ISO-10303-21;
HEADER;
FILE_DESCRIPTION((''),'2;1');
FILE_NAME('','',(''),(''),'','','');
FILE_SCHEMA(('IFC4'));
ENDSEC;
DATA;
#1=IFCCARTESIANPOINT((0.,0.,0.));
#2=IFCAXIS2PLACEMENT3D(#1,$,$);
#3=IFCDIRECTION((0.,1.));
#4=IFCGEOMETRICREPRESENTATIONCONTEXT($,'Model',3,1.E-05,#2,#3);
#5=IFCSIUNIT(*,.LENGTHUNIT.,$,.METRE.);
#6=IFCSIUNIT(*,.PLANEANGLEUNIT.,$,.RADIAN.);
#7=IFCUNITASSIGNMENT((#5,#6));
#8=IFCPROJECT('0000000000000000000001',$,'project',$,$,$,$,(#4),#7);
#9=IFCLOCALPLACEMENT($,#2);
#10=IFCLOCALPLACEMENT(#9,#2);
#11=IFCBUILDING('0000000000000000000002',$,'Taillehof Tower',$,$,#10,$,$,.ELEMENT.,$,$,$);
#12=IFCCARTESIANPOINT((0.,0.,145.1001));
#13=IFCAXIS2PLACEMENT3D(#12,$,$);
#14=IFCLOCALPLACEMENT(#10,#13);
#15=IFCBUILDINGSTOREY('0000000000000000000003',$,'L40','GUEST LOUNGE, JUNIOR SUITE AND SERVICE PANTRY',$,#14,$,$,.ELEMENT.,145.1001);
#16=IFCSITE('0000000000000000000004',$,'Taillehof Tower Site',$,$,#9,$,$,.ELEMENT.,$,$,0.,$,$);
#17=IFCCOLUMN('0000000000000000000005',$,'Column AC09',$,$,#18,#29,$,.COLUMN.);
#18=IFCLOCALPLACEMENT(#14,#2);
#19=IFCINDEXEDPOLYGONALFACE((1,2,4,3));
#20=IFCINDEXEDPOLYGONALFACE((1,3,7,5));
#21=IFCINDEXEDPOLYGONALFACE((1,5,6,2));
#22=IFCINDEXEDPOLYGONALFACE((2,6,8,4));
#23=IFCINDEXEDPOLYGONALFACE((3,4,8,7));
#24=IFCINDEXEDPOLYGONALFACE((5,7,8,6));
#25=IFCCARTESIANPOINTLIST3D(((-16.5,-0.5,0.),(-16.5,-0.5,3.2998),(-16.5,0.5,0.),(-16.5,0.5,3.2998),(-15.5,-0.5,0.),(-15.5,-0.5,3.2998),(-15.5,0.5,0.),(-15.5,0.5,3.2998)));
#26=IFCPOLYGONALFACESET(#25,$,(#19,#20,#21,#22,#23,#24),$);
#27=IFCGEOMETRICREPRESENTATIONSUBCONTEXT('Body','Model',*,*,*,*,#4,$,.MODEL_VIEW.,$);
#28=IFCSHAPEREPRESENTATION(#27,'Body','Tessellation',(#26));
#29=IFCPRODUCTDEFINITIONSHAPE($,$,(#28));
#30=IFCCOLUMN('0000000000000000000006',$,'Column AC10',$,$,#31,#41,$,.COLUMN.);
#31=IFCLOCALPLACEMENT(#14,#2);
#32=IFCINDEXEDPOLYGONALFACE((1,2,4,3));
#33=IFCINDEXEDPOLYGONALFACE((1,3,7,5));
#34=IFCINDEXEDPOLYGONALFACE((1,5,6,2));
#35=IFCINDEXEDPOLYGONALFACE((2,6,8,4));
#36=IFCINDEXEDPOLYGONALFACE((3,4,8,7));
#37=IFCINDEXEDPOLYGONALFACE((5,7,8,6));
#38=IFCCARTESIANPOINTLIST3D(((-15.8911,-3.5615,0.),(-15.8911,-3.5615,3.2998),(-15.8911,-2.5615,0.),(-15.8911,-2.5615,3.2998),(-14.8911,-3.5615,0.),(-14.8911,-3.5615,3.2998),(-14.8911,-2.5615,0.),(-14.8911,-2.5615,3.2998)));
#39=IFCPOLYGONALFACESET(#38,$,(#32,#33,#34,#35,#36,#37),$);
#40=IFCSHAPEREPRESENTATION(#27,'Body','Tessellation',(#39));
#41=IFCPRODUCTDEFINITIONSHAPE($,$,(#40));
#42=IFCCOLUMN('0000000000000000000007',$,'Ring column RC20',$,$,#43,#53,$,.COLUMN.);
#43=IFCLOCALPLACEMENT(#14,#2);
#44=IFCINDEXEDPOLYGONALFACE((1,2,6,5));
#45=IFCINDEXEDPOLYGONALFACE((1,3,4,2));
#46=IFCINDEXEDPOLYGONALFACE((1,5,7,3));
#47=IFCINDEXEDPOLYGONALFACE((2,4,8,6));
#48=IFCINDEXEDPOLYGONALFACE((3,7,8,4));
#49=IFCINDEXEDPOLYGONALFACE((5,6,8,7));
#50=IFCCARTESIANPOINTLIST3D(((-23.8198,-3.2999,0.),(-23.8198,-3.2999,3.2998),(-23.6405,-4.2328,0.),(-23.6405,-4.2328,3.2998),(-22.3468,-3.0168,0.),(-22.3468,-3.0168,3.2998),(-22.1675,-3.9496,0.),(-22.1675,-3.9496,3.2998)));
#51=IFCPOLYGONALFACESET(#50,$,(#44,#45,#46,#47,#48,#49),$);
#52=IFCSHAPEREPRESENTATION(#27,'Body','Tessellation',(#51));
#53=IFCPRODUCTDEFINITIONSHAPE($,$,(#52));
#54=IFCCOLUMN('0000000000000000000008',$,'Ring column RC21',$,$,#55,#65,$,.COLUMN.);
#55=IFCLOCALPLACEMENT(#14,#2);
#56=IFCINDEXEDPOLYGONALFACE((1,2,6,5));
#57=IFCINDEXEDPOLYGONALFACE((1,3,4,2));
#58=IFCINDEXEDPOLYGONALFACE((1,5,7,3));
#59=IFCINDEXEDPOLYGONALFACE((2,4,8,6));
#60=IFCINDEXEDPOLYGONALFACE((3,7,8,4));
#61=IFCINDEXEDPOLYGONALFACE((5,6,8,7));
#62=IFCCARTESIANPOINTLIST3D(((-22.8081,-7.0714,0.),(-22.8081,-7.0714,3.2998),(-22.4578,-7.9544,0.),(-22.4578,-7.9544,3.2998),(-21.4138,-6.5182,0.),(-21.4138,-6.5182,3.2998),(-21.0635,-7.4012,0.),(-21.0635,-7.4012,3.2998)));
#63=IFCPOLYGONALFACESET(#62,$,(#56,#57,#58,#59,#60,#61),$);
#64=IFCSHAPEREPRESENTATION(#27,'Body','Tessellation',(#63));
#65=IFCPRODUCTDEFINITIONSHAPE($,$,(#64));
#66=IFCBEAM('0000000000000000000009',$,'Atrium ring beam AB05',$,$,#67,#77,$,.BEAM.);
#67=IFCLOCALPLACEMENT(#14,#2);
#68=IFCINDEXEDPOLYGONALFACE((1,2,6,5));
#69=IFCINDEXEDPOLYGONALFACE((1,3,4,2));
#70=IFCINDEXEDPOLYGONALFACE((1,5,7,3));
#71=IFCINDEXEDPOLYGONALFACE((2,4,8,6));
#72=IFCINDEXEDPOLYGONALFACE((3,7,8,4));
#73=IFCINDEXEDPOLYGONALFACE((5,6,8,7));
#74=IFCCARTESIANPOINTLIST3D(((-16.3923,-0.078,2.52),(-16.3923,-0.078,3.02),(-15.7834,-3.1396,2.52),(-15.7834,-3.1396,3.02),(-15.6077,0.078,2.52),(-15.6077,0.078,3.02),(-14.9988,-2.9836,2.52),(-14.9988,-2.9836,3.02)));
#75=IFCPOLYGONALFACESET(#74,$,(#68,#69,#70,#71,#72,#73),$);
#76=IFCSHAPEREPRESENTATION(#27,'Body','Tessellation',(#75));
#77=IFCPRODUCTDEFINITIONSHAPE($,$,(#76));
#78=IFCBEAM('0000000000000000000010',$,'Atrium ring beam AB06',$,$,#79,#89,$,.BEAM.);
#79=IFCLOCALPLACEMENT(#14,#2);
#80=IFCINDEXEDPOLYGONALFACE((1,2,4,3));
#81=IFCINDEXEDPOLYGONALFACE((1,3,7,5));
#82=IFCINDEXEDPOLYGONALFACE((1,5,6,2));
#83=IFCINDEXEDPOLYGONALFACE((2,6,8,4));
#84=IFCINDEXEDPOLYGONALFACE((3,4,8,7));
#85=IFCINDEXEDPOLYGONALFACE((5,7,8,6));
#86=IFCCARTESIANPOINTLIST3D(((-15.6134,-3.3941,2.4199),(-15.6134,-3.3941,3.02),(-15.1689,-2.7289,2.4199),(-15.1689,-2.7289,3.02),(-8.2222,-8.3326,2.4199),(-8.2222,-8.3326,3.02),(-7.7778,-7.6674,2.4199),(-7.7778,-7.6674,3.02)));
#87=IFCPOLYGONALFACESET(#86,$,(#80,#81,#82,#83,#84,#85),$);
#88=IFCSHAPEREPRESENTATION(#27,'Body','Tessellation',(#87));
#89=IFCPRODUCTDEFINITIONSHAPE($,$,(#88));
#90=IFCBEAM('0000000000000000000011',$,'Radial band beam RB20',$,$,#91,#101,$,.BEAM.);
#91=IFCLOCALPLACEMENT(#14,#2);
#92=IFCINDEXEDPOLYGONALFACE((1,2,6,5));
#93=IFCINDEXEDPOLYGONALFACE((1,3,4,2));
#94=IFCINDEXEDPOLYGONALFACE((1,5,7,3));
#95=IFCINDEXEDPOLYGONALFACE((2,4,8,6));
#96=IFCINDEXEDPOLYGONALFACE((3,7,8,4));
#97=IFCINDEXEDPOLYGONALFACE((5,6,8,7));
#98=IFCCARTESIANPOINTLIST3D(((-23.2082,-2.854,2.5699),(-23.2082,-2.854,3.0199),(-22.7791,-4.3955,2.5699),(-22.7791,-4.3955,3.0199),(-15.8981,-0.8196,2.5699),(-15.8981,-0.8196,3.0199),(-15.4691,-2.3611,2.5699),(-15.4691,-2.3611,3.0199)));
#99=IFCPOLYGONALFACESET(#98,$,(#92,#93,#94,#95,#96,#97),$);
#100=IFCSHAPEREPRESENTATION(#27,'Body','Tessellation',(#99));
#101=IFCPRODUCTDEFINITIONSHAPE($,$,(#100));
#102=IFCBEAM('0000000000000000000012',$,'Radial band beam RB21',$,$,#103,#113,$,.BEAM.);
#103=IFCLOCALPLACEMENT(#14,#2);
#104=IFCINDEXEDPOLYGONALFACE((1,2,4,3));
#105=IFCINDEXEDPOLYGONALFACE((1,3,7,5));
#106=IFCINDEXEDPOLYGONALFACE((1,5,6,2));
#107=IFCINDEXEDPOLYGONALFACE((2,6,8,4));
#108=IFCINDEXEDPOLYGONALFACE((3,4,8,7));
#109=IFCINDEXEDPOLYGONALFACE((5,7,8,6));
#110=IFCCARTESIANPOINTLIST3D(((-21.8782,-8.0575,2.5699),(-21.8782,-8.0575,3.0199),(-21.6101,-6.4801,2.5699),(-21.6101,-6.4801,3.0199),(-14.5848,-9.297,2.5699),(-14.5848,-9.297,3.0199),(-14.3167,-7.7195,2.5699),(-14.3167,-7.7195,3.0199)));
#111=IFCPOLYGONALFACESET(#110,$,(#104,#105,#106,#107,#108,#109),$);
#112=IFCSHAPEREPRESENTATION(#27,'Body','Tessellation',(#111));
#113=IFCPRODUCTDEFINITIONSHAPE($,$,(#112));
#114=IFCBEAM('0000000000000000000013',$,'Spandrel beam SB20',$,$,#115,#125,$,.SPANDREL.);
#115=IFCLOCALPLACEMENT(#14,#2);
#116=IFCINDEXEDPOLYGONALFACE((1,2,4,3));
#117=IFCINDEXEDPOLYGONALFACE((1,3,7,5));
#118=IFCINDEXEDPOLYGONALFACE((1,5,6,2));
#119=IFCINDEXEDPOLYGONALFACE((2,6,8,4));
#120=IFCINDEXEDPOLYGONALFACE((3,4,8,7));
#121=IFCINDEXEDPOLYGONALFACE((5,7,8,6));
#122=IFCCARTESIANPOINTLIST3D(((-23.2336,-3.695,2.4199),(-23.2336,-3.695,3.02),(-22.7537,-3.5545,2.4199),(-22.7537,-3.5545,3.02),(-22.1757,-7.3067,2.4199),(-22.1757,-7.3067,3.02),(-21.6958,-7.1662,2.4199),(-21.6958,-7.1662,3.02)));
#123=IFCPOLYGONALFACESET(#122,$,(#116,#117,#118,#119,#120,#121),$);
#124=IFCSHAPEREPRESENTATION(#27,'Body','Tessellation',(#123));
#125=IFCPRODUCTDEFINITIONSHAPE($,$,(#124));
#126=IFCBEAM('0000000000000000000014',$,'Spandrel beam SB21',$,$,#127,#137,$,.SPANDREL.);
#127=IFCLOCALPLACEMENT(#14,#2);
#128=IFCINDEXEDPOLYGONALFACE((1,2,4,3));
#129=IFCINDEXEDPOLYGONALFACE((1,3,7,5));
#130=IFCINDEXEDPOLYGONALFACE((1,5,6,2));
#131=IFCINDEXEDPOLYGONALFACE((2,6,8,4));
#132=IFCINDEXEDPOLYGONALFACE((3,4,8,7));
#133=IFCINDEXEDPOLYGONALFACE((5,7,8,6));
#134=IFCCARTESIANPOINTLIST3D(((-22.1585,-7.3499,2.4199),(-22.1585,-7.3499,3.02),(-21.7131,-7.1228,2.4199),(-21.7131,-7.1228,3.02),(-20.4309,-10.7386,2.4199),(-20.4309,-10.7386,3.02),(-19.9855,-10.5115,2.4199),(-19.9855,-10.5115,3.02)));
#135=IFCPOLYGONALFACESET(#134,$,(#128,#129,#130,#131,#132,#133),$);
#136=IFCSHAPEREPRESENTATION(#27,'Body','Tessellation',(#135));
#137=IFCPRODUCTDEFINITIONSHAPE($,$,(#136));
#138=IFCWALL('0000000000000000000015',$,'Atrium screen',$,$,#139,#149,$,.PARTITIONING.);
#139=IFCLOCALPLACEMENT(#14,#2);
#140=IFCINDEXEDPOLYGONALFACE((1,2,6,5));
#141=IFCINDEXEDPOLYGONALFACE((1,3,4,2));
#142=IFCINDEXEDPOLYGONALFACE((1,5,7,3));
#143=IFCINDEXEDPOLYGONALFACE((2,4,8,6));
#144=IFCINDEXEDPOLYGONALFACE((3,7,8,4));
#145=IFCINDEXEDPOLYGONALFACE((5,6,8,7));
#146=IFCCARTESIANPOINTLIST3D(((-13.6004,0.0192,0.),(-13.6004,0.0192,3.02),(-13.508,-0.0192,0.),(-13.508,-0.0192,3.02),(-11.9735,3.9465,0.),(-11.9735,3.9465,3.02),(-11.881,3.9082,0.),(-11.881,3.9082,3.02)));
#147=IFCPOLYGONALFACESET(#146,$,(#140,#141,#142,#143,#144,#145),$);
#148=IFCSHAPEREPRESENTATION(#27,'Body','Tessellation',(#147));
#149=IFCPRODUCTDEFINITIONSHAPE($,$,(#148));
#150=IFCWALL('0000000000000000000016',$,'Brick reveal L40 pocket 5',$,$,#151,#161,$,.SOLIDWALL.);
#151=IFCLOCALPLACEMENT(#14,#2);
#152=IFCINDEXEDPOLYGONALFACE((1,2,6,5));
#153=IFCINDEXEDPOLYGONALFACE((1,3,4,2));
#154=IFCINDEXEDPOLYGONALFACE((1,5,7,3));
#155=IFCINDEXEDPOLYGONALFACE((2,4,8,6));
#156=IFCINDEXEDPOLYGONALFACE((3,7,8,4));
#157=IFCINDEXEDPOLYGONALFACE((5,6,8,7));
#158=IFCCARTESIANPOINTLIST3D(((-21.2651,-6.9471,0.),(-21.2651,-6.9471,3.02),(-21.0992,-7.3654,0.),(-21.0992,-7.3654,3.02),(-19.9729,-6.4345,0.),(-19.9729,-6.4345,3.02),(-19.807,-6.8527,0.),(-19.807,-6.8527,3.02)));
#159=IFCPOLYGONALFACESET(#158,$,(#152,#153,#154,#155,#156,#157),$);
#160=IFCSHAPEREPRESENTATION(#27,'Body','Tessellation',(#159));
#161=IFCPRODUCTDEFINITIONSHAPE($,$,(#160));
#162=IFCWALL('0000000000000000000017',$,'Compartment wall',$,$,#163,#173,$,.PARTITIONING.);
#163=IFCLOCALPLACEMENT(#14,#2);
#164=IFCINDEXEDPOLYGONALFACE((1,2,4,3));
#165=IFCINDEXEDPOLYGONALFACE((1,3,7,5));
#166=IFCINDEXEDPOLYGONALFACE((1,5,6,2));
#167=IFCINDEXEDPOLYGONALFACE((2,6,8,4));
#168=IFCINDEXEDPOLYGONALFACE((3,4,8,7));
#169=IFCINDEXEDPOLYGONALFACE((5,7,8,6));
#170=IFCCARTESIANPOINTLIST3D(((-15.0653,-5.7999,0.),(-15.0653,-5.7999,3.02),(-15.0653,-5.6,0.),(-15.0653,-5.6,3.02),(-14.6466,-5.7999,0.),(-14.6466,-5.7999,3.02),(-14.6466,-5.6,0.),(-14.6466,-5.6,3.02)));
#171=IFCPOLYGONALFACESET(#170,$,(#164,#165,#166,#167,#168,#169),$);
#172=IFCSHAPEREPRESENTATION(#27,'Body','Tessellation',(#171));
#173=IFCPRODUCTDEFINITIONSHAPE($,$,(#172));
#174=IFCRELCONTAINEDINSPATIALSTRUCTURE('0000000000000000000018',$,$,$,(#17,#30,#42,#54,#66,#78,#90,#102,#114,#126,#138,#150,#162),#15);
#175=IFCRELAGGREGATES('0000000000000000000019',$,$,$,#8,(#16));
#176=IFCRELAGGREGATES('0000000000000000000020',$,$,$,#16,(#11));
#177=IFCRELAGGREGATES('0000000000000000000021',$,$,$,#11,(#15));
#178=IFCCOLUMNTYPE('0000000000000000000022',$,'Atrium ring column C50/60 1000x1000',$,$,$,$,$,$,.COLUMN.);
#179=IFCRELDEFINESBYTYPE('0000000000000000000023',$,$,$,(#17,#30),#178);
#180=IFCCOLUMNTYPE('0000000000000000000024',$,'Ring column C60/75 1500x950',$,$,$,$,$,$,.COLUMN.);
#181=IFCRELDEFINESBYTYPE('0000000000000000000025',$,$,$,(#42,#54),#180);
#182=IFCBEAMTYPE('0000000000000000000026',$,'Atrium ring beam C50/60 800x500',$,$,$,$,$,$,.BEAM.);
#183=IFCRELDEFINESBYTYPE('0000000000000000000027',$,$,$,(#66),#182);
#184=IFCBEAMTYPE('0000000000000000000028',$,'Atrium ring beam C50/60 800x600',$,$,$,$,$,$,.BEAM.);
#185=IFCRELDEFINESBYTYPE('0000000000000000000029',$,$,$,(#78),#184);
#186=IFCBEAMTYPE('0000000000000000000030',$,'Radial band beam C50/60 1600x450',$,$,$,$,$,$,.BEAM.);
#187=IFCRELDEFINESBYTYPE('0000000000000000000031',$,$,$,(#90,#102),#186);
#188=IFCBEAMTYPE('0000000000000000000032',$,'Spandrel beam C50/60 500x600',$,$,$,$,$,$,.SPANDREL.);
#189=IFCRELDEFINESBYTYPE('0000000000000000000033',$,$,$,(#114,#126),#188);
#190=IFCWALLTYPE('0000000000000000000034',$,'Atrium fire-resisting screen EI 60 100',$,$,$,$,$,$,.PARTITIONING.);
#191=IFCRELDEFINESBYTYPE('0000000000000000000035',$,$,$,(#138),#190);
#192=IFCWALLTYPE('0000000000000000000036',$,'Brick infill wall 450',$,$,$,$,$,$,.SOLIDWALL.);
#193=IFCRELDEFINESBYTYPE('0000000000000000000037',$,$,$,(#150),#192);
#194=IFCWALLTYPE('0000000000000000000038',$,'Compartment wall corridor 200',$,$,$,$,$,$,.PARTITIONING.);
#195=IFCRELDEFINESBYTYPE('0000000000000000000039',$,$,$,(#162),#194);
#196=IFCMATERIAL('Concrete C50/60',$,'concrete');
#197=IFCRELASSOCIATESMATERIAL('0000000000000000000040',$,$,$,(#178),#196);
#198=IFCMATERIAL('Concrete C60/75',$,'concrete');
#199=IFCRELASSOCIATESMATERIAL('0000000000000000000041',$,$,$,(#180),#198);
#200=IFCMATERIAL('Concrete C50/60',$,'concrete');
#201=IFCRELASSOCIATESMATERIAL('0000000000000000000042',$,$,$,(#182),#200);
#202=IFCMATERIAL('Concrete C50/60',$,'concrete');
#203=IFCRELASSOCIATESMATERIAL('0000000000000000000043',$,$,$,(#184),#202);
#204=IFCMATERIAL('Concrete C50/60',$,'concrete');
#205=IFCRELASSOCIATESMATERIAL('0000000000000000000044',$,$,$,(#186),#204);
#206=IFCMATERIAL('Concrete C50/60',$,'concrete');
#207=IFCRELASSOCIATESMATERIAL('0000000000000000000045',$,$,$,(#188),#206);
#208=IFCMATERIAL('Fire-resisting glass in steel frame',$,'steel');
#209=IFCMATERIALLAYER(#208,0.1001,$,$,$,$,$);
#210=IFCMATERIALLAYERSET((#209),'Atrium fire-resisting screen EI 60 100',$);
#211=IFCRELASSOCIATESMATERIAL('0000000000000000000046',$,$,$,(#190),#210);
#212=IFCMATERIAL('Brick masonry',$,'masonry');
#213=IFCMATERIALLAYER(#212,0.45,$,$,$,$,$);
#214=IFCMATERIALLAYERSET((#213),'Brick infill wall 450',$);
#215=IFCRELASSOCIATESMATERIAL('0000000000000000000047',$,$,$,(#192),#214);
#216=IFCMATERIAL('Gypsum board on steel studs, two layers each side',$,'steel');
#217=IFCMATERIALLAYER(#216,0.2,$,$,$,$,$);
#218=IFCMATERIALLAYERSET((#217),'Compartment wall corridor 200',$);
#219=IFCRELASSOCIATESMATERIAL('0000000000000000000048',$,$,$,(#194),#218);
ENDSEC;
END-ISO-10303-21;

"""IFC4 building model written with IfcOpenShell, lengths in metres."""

from ifc_helpers import new_model, si_unit, direction, frame, frame_2d, origin, origin_2d, place, context, subcontext, project, spatial, rectangle, extrude, material, layer, layer_set, material_profile, profile_set, type_object, element, save


model = new_model("IFC4")

# Units and contexts
model_context = context("Model", 3, precision=1e-05, world=origin(), true_north=direction((0.0, 1.0)))
body_context = subcontext(model_context, "Body", "Model", "MODEL_VIEW")
ifc_project = project(units=[si_unit("LENGTHUNIT", "METRE"), si_unit("PLANEANGLEUNIT", "RADIAN")], contexts=[model_context])

# Site, building, storey
site_placement = place(None, origin())
site = spatial("IfcSite", under=ifc_project, at=site_placement, Name="Taillehof Tower Site", CompositionType="ELEMENT", RefElevation=0.0)
building_placement = place(site_placement, origin())
building = spatial("IfcBuilding", under=site, at=building_placement, Name="Taillehof Tower", CompositionType="ELEMENT")
storey_placement = place(building_placement, frame((0.0, 0.0, 145.1001)))
storey = spatial("IfcBuildingStorey", under=building, at=storey_placement, Name="L40", Description="GUEST LOUNGE, JUNIOR SUITE AND SERVICE PANTRY", CompositionType="ELEMENT", Elevation=145.1001)

# Columns
ifc_material_1 = material(Name="Concrete C50/60", Category="concrete")
ifc_material_profile_1 = material_profile(ifc_material_1, rectangle(XDim=1.0, YDim=1.0, at=origin_2d()), Name="RC 1000x1000")
ifc_profile_set_1 = profile_set([ifc_material_profile_1], Name="Concrete C50/60")
column_type_1 = type_object("IfcColumnType", Name="Atrium ring column C50/60 1000x1000", PredefinedType="COLUMN", material=ifc_profile_set_1)
for number, where, z_axis, x_axis, name in (
    (1, (-16.0, 0.0, 0.0), (0.0, 0.0, 1.0), (1.0, 0.0, 0.0), "Column AC09"),
    (2, (-15.3911, -3.0615, 0.0), (0.0, 0.0, 1.0), (1.0, 0.0, 0.0), "Column AC10"),
):
    element("IfcColumn", number, at=place(storey_placement, frame(where, z_axis=z_axis, x_axis=x_axis)), inside=storey, type_object=column_type_1, Name=name, PredefinedType="COLUMN", context=body_context, shape_type="SweptSolid", body=[
        extrude(rectangle(XDim=1.0, YDim=1.0, at=origin_2d()), origin(), (0.0, 0.0, 1.0), 3.2998),
    ])
ifc_material_2 = material(Name="Concrete C60/75", Category="concrete")
ifc_material_profile_2 = material_profile(ifc_material_2, rectangle(XDim=1.5, YDim=0.95, at=origin_2d()), Name="RC 1500x950")
ifc_profile_set_2 = profile_set([ifc_material_profile_2], Name="Concrete C60/75")
column_type_2 = type_object("IfcColumnType", Name="Ring column C60/75 1500x950", PredefinedType="COLUMN", material=ifc_profile_set_2)
for number, where, z_axis, x_axis, name in (
    (3, (-22.9937, -3.6248, 0.0), (0.0, 0.0, 1.0), (-0.982024, -0.188757, 0.0), "Ring column RC20"),
    (4, (-21.9358, -7.2363, 0.0), (0.0, 0.0, 1.0), (-0.929511, -0.368793, 0.0), "Ring column RC21"),
):
    element("IfcColumn", number, at=place(storey_placement, frame(where, z_axis=z_axis, x_axis=x_axis)), inside=storey, type_object=column_type_2, Name=name, PredefinedType="COLUMN", context=body_context, shape_type="SweptSolid", body=[
        extrude(rectangle(XDim=1.5, YDim=0.95, at=origin_2d()), origin(), (0.0, 0.0, 1.0), 3.2998),
    ])

# Beams
ifc_material_3 = material(Name="Concrete C50/60", Category="concrete")
ifc_material_profile_3 = material_profile(ifc_material_3, rectangle(XDim=0.8, YDim=0.5, at=origin_2d()), Name="RC 800x500")
ifc_profile_set_3 = profile_set([ifc_material_profile_3], Name="Concrete C50/60")
beam_type_1 = type_object("IfcBeamType", Name="Atrium ring beam C50/60 800x500", PredefinedType="BEAM", material=ifc_profile_set_3)
beam_1_placement = place(storey_placement, frame((-16.0, 0.0, 2.77), z_axis=(0.195063, -0.980791, 0.0), x_axis=(0.980791, 0.195063, 0.0)))
element("IfcBeam", 5, at=beam_1_placement, inside=storey, type_object=beam_type_1, Name="Atrium ring beam AB05", PredefinedType="BEAM", context=body_context, shape_type="SweptSolid", body=[
    extrude(rectangle(XDim=0.8, YDim=0.5, at=origin_2d()), origin(), (0.0, 0.0, 1.0), 3.1216),
])
ifc_material_4 = material(Name="Concrete C50/60", Category="concrete")
ifc_material_profile_4 = material_profile(ifc_material_4, rectangle(XDim=0.8, YDim=0.6001, at=origin_2d()), Name="RC 800x600")
ifc_profile_set_4 = profile_set([ifc_material_profile_4], Name="Concrete C50/60")
beam_type_2 = type_object("IfcBeamType", Name="Atrium ring beam C50/60 800x600", PredefinedType="BEAM", material=ifc_profile_set_4)
beam_2_placement = place(storey_placement, frame((-15.3911, -3.0615, 2.72), z_axis=(0.831475, -0.555562, 0.0), x_axis=(0.555562, 0.831475, 0.0)))
element("IfcBeam", 6, at=beam_2_placement, inside=storey, type_object=beam_type_2, Name="Atrium ring beam AB06", PredefinedType="BEAM", context=body_context, shape_type="SweptSolid", body=[
    extrude(rectangle(XDim=0.8, YDim=0.6001, at=origin_2d()), origin(), (0.0, 0.0, 1.0), 8.8892),
])
ifc_material_5 = material(Name="Concrete C50/60", Category="concrete")
ifc_material_profile_5 = material_profile(ifc_material_5, rectangle(XDim=1.6001, YDim=0.45, at=origin_2d()), Name="RC 1600x450")
ifc_profile_set_5 = profile_set([ifc_material_profile_5], Name="Concrete C50/60")
beam_type_3 = type_object("IfcBeamType", Name="Radial band beam C50/60 1600x450", PredefinedType="BEAM", material=ifc_profile_set_5)
beam_3_placement = place(storey_placement, frame((-22.9937, -3.6248, 2.7949), z_axis=(0.963387, 0.268115, 0.0), x_axis=(-0.268115, 0.963387, 0.0)))
element("IfcBeam", 7, at=beam_3_placement, inside=storey, type_object=beam_type_3, Name="Radial band beam RB20", PredefinedType="BEAM", context=body_context, shape_type="SweptSolid", body=[
    extrude(rectangle(XDim=1.6001, YDim=0.45, at=origin_2d()), origin(), (0.0, 0.0, 1.0), 7.5879),
])
beam_4_placement = place(storey_placement, frame((-21.7441, -7.2688, 2.7949), z_axis=(0.985864, -0.167545, 0.0), x_axis=(0.167545, 0.985864, 0.0)))
element("IfcBeam", 8, at=beam_4_placement, inside=storey, type_object=beam_type_3, Name="Radial band beam RB21", PredefinedType="BEAM", context=body_context, shape_type="SweptSolid", body=[
    extrude(rectangle(XDim=1.6001, YDim=0.45, at=origin_2d()), origin(), (0.0, 0.0, 1.0), 7.3979),
])
ifc_material_6 = material(Name="Concrete C50/60", Category="concrete")
ifc_material_profile_6 = material_profile(ifc_material_6, rectangle(XDim=0.5, YDim=0.6001, at=origin_2d()), Name="RC 500x600")
ifc_profile_set_6 = profile_set([ifc_material_profile_6], Name="Concrete C50/60")
beam_type_4 = type_object("IfcBeamType", Name="Spandrel beam C50/60 500x600", PredefinedType="SPANDREL", material=ifc_profile_set_6)
beam_5_placement = place(storey_placement, frame((-22.9937, -3.6248, 2.72), z_axis=(0.281098, -0.959679, 0.0), x_axis=(0.959679, 0.281098, 0.0)))
element("IfcBeam", 9, at=beam_5_placement, inside=storey, type_object=beam_type_4, Name="Spandrel beam SB20", PredefinedType="SPANDREL", context=body_context, shape_type="SweptSolid", body=[
    extrude(rectangle(XDim=0.5, YDim=0.6001, at=origin_2d()), origin(), (0.0, 0.0, 1.0), 3.7634),
])
beam_6_placement = place(storey_placement, frame((-21.9358, -7.2363, 2.72), z_axis=(0.454183, -0.890908, 0.0), x_axis=(0.890908, 0.454183, 0.0)))
element("IfcBeam", 10, at=beam_6_placement, inside=storey, type_object=beam_type_4, Name="Spandrel beam SB21", PredefinedType="SPANDREL", context=body_context, shape_type="SweptSolid", body=[
    extrude(rectangle(XDim=0.5, YDim=0.6001, at=origin_2d()), origin(), (0.0, 0.0, 1.0), 3.8037),
])

# Walls
ifc_material_7 = material(Name="Fire-resisting glass in steel frame", Category="steel")
ifc_layer_1 = layer(ifc_material_7, 0.1001)
ifc_layer_set_1 = layer_set([ifc_layer_1], Name="Atrium fire-resisting screen EI 60 100")
wall_type_1 = type_object("IfcWallType", Name="Atrium fire-resisting screen EI 60 100", PredefinedType="PARTITIONING", material=ifc_layer_set_1)
wall_1_placement = place(storey_placement, frame((-13.5542, 0.0, 0.0), z_axis=(0.0, 0.0, 1.0), x_axis=(0.382731, 0.92386, 0.0)))
element("IfcWall", 11, at=wall_1_placement, inside=storey, type_object=wall_type_1, Name="Atrium screen", PredefinedType="PARTITIONING", context=body_context, shape_type="SweptSolid", body=[
    extrude(rectangle(XDim=4.251, YDim=0.1001, at=frame_2d((2.1255, 0.0))), origin(), (0.0, 0.0, 1.0), 3.02),
])
ifc_material_8 = material(Name="Brick masonry", Category="masonry")
ifc_layer_2 = layer(ifc_material_8, 0.45)
ifc_layer_set_2 = layer_set([ifc_layer_2], Name="Brick infill wall 450")
wall_type_2 = type_object("IfcWallType", Name="Brick infill wall 450", PredefinedType="SOLIDWALL", material=ifc_layer_set_2)
wall_2_placement = place(storey_placement, frame((-21.1821, -7.1562, 0.0), z_axis=(0.0, 0.0, 1.0), x_axis=(0.929515, 0.368785, 0.0)))
element("IfcWall", 12, at=wall_2_placement, inside=storey, type_object=wall_type_2, Name="Brick reveal L40 pocket 5", PredefinedType="SOLIDWALL", context=body_context, shape_type="SweptSolid", body=[
    extrude(rectangle(XDim=1.3901, YDim=0.45, at=frame_2d((0.6951, 0.0))), origin(), (0.0, 0.0, 1.0), 3.02),
])

# Wall
ifc_material_9 = material(Name="Gypsum board on steel studs, two layers each side", Category="steel")
ifc_layer_3 = layer(ifc_material_9, 0.2)
ifc_layer_set_3 = layer_set([ifc_layer_3], Name="Compartment wall corridor 200")
wall_type_3 = type_object("IfcWallType", Name="Compartment wall corridor 200", PredefinedType="PARTITIONING", material=ifc_layer_set_3)
wall_3_placement = place(storey_placement, frame((-15.0654, -5.7, 0.0), z_axis=(0.0, 0.0, 1.0), x_axis=(1.0, 0.0, 0.0)))
element("IfcWall", 13, at=wall_3_placement, inside=storey, type_object=wall_type_3, Name="Compartment wall", PredefinedType="PARTITIONING", context=body_context, shape_type="SweptSolid", body=[
    extrude(rectangle(XDim=0.4187, YDim=0.2, at=frame_2d((0.2095, 0.0))), origin(), (0.0, 0.0, 1.0), 3.02),
])

save(model, "model.ifc")
